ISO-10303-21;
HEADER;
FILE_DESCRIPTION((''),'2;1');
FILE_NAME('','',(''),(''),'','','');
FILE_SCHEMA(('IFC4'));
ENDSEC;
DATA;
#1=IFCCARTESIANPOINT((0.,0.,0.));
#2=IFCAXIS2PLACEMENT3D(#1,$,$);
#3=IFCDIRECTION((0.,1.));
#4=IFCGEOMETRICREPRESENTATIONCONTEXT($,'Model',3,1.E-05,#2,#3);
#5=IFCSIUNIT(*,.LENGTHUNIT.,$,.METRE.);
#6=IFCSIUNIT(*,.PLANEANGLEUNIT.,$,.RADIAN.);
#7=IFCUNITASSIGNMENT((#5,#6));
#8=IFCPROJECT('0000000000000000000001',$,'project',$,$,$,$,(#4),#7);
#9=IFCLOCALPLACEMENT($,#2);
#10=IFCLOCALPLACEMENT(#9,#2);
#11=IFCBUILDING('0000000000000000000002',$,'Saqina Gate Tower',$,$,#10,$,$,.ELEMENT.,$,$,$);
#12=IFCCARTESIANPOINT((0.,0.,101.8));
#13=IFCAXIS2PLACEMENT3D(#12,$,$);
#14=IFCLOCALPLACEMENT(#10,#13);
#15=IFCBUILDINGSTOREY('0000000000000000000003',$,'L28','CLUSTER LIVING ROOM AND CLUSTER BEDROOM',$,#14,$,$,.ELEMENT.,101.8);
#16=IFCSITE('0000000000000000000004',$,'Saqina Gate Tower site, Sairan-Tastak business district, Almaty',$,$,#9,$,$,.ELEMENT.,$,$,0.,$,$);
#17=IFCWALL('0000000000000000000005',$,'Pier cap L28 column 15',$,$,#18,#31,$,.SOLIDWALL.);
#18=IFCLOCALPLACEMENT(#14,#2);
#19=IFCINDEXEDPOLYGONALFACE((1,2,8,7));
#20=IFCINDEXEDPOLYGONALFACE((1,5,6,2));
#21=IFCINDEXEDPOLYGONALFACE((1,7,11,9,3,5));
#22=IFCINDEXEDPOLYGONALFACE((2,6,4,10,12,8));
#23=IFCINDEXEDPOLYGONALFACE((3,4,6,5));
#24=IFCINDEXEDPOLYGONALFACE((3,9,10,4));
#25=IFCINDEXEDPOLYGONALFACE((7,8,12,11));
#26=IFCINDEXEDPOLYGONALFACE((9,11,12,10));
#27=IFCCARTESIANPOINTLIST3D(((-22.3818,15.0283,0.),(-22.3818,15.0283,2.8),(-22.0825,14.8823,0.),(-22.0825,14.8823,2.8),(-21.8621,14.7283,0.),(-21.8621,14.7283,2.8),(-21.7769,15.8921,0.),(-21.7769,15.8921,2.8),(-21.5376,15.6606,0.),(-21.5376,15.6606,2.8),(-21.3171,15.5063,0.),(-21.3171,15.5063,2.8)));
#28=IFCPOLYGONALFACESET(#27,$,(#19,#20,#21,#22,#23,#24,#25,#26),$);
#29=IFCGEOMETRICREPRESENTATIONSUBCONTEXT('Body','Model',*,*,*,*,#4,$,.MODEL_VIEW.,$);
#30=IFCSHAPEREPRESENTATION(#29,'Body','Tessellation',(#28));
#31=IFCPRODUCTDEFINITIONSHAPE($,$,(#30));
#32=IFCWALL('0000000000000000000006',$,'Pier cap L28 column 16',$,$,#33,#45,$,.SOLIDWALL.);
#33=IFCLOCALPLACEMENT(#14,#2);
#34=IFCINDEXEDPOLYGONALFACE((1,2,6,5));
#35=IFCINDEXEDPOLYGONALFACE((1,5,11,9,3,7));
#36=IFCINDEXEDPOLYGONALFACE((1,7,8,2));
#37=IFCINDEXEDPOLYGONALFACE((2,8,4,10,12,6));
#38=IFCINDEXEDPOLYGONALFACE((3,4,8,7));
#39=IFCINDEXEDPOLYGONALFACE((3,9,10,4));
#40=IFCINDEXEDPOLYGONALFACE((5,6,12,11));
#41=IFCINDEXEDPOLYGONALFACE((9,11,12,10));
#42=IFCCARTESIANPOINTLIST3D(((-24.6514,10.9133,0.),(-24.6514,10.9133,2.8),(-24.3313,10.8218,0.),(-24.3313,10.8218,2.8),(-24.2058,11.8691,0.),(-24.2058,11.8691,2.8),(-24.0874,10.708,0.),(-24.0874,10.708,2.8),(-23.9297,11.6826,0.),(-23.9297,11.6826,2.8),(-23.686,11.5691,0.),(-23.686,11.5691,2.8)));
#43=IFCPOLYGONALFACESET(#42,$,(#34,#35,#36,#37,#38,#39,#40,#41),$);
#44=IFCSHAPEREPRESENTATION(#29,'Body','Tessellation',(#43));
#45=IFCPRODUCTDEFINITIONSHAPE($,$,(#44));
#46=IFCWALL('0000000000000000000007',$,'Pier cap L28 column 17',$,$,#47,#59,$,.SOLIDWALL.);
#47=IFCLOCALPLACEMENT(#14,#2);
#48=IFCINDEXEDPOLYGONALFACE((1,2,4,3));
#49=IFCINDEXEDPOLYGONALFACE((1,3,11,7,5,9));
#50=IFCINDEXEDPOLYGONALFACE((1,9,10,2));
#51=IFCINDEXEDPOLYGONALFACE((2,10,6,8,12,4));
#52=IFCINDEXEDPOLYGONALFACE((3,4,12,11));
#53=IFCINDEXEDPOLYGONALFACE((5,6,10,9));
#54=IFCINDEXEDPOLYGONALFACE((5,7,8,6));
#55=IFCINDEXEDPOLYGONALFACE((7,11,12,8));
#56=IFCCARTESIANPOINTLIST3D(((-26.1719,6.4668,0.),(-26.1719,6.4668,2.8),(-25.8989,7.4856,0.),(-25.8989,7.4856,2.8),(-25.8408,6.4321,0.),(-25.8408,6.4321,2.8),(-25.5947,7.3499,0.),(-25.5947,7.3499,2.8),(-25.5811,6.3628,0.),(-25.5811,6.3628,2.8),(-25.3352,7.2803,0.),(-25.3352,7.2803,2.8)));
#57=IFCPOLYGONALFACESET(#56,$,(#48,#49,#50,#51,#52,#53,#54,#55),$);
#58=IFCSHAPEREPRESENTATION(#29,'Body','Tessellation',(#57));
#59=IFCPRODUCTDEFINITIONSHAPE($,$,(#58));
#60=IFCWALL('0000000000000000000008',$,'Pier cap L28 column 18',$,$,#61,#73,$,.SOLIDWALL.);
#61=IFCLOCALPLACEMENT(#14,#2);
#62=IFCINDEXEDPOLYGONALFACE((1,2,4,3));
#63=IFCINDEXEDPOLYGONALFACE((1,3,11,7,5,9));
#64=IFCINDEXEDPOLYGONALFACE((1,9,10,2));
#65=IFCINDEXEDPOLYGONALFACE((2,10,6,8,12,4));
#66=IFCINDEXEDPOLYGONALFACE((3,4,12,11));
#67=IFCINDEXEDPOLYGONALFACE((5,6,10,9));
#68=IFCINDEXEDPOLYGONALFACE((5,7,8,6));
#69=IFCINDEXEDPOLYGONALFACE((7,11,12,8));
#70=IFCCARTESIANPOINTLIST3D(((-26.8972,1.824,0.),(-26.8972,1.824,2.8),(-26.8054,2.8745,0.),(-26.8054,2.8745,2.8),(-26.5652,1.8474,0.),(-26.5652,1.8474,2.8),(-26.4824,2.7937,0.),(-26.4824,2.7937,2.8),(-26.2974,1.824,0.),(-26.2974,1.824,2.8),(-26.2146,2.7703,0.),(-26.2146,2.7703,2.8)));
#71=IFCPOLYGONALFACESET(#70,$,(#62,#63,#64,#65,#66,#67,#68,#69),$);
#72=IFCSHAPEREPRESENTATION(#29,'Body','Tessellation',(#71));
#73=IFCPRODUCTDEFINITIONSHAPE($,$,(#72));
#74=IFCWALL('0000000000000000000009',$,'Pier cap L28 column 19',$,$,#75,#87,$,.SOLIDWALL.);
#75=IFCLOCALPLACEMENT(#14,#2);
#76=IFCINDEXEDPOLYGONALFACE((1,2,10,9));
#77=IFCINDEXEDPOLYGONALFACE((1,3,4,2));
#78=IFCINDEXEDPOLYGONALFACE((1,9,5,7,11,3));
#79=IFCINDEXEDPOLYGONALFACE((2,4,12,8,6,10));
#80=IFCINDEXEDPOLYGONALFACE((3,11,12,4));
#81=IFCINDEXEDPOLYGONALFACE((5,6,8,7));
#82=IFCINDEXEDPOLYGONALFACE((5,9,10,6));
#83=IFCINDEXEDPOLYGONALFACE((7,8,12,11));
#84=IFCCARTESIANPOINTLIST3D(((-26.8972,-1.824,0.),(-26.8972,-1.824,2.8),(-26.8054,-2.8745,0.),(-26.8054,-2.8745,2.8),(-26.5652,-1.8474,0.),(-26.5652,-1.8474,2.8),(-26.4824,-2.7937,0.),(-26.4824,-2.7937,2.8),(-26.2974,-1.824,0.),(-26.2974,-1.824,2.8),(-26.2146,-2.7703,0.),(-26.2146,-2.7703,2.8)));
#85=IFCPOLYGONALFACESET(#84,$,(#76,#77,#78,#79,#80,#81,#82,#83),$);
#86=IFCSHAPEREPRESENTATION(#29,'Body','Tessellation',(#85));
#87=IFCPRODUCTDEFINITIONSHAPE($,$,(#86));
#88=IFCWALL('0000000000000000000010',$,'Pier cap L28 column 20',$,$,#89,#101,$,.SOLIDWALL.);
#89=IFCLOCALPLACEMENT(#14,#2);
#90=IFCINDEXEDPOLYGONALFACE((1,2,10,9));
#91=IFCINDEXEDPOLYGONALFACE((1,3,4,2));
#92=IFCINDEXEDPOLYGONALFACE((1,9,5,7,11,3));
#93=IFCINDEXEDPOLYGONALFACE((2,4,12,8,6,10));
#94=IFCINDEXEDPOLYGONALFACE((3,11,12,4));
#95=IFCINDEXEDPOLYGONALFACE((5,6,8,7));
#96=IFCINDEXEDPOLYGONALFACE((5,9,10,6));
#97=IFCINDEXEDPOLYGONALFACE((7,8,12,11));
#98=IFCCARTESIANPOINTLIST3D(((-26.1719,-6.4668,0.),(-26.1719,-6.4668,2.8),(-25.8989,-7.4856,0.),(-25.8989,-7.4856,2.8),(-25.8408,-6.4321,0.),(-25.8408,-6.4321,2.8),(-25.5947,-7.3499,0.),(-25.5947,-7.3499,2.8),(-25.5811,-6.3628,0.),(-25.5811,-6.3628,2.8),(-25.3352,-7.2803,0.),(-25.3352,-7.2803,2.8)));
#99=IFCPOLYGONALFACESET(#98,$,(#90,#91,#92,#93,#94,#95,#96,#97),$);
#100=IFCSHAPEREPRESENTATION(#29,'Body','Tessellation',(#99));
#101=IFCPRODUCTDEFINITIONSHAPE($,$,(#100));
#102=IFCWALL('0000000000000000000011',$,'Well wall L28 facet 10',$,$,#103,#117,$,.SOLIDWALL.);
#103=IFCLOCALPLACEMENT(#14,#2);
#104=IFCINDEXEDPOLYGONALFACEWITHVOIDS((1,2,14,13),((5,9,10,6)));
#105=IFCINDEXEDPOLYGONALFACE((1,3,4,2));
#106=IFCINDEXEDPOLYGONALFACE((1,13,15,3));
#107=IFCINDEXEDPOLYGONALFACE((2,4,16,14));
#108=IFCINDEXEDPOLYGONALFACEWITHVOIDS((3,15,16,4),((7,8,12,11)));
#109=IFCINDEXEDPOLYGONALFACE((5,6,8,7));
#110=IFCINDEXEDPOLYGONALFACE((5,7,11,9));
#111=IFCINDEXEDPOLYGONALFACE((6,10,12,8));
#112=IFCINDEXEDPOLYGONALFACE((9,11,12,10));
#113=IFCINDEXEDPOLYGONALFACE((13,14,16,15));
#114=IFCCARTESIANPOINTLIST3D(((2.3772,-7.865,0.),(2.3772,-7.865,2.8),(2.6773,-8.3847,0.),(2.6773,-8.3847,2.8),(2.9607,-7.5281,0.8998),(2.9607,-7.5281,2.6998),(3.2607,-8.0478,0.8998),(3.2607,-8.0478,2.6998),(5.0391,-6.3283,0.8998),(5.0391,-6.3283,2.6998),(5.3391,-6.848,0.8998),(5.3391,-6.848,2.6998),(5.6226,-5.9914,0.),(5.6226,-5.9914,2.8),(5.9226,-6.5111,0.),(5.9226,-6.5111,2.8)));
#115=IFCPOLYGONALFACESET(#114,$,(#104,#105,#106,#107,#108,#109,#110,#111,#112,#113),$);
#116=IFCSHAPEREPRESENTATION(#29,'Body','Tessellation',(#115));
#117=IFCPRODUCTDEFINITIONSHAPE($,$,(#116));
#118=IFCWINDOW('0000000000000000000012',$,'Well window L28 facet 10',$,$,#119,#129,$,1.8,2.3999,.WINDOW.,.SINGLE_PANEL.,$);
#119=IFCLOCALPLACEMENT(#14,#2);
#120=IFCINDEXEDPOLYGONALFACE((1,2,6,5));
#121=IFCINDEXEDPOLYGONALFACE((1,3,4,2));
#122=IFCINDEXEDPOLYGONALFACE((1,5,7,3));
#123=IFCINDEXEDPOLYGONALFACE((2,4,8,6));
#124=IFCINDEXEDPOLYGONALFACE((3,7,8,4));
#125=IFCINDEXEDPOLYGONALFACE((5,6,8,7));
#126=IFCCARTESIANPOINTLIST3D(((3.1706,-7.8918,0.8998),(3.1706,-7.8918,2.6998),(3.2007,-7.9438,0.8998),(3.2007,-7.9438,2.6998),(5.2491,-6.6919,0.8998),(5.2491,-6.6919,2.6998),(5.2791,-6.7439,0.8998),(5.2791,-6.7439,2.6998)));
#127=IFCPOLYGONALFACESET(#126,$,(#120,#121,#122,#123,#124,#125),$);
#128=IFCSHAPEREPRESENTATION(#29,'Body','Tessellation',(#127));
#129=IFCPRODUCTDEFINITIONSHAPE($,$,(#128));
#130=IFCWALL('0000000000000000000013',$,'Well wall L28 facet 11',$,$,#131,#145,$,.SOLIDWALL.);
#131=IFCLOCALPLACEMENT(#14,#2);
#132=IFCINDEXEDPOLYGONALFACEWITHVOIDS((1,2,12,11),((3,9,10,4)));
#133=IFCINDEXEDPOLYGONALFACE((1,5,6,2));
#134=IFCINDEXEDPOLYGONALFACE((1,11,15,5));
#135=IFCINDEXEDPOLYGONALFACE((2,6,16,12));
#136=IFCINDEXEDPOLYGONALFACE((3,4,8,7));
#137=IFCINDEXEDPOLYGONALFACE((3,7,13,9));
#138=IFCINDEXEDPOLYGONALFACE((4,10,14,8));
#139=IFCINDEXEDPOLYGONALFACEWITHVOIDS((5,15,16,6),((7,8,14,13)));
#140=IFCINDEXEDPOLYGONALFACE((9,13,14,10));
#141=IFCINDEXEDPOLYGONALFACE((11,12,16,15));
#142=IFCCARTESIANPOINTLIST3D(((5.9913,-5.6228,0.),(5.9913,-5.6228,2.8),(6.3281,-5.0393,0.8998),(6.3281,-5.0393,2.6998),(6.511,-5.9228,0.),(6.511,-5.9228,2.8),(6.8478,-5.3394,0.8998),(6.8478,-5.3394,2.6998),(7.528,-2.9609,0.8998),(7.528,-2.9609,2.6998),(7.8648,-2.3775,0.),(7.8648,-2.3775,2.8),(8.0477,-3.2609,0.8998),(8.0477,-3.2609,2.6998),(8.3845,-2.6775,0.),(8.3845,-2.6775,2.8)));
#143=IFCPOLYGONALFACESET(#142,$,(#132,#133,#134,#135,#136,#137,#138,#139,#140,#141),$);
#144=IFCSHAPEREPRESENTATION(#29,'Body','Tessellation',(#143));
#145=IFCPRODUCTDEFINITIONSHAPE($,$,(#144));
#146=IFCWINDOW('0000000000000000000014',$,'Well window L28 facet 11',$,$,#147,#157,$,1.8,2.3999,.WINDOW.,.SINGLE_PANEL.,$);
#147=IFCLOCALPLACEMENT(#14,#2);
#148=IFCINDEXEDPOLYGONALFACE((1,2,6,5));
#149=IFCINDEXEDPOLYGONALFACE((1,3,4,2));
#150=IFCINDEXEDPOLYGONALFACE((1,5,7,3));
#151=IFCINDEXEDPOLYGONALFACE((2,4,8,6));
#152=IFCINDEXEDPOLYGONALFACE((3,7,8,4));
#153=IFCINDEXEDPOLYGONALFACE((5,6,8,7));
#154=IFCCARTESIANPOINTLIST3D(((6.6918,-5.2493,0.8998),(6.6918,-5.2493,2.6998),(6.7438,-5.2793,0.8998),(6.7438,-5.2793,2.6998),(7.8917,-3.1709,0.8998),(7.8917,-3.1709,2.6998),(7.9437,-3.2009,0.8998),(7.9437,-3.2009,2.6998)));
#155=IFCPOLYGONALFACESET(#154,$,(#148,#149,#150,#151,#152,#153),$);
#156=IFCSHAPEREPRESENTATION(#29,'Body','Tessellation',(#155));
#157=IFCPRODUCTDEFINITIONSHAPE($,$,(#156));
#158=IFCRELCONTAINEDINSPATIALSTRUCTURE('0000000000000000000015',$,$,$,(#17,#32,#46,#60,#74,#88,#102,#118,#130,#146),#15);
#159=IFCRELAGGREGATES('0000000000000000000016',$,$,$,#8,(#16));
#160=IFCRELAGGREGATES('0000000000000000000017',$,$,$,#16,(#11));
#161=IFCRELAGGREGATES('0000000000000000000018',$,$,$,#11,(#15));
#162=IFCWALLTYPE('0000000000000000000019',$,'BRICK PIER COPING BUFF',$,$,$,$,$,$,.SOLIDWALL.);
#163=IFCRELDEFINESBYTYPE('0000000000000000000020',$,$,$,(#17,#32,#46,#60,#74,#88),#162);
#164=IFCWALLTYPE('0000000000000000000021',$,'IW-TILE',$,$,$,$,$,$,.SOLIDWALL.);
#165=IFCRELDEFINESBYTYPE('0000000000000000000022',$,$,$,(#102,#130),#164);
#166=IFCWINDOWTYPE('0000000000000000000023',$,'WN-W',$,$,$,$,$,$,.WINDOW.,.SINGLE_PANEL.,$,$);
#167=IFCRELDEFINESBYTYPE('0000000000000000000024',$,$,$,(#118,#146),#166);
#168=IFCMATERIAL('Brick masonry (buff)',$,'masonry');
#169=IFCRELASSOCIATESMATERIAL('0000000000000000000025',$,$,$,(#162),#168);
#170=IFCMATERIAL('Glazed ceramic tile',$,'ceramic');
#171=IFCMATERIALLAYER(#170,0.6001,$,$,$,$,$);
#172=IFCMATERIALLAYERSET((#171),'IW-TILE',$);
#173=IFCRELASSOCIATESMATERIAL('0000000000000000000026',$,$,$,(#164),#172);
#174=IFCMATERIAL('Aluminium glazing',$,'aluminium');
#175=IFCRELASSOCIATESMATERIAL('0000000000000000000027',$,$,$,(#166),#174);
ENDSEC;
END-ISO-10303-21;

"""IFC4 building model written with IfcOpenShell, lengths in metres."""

from ifc_helpers import new_model, si_unit, direction, frame, frame_2d, origin, place, context, subcontext, project, spatial, polyline, rectangle, outline, extrude, material, layer, layer_set, type_object, element, fill, save


model = new_model("IFC4")

# Units and contexts
model_context = context("Model", 3, precision=1e-05, world=origin(), true_north=direction((0.0, 1.0)))
body_context = subcontext(model_context, "Body", "Model", "MODEL_VIEW")
ifc_project = project(units=[si_unit("LENGTHUNIT", "METRE"), si_unit("PLANEANGLEUNIT", "RADIAN")], contexts=[model_context])

# Site, building, storey
site_placement = place(None, origin())
site = spatial("IfcSite", under=ifc_project, at=site_placement, Name="Saqina Gate Tower site, Sairan-Tastak business district, Almaty", CompositionType="ELEMENT", RefElevation=0.0)
building_placement = place(site_placement, origin())
building = spatial("IfcBuilding", under=site, at=building_placement, Name="Saqina Gate Tower", CompositionType="ELEMENT")
storey_placement = place(building_placement, frame((0.0, 0.0, 101.8)))
storey = spatial("IfcBuildingStorey", under=building, at=storey_placement, Name="L28", Description="CLUSTER LIVING ROOM AND CLUSTER BEDROOM", CompositionType="ELEMENT", Elevation=101.8)

# Walls
ifc_material_1 = material(Name="Brick masonry (buff)", Category="masonry")
wall_type_1 = type_object("IfcWallType", Name="BRICK PIER COPING BUFF", PredefinedType="SOLIDWALL", material=ifc_material_1)
wall_1_placement = place(storey_placement, origin())
element("IfcWall", 1, at=wall_1_placement, inside=storey, type_object=wall_type_1, Name="Pier cap L28 column 15", PredefinedType="SOLIDWALL", context=body_context, shape_type="SweptSolid", body=[
    extrude(outline(polyline([(-22.3818, 15.0283), (-21.8621, 14.7283), (-22.0825, 14.8823), (-21.5376, 15.6606), (-21.3171, 15.5063), (-21.7769, 15.8921), (-22.3818, 15.0283)])), origin(), (0.0, 0.0, 1.0), 2.8),
])
wall_2_placement = place(storey_placement, origin())
element("IfcWall", 2, at=wall_2_placement, inside=storey, type_object=wall_type_1, Name="Pier cap L28 column 16", PredefinedType="SOLIDWALL", context=body_context, shape_type="SweptSolid", body=[
    extrude(outline(polyline([(-24.6514, 10.9133), (-24.0874, 10.708), (-24.3313, 10.8218), (-23.9297, 11.6826), (-23.686, 11.5691), (-24.2058, 11.8691), (-24.6514, 10.9133)])), origin(), (0.0, 0.0, 1.0), 2.8),
])
wall_3_placement = place(storey_placement, origin())
element("IfcWall", 3, at=wall_3_placement, inside=storey, type_object=wall_type_1, Name="Pier cap L28 column 17", PredefinedType="SOLIDWALL", context=body_context, shape_type="SweptSolid", body=[
    extrude(outline(polyline([(-25.8989, 7.4856), (-26.1719, 6.4668), (-25.5811, 6.3628), (-25.8408, 6.4321), (-25.5947, 7.3499), (-25.3352, 7.2803), (-25.8989, 7.4856)])), origin(), (0.0, 0.0, 1.0), 2.8),
])
wall_4_placement = place(storey_placement, origin())
element("IfcWall", 4, at=wall_4_placement, inside=storey, type_object=wall_type_1, Name="Pier cap L28 column 18", PredefinedType="SOLIDWALL", context=body_context, shape_type="SweptSolid", body=[
    extrude(outline(polyline([(-26.8054, 2.8745), (-26.8972, 1.824), (-26.2974, 1.824), (-26.5652, 1.8474), (-26.4824, 2.7937), (-26.2146, 2.7703), (-26.8054, 2.8745)])), origin(), (0.0, 0.0, 1.0), 2.8),
])
wall_5_placement = place(storey_placement, origin())
element("IfcWall", 5, at=wall_5_placement, inside=storey, type_object=wall_type_1, Name="Pier cap L28 column 19", PredefinedType="SOLIDWALL", context=body_context, shape_type="SweptSolid", body=[
    extrude(outline(polyline([(-26.8054, -2.8745), (-26.2146, -2.7703), (-26.4824, -2.7937), (-26.5652, -1.8474), (-26.2974, -1.824), (-26.8972, -1.824), (-26.8054, -2.8745)])), origin(), (0.0, 0.0, 1.0), 2.8),
])
wall_6_placement = place(storey_placement, origin())
element("IfcWall", 6, at=wall_6_placement, inside=storey, type_object=wall_type_1, Name="Pier cap L28 column 20", PredefinedType="SOLIDWALL", context=body_context, shape_type="SweptSolid", body=[
    extrude(outline(polyline([(-26.1719, -6.4668), (-25.8989, -7.4856), (-25.3352, -7.2803), (-25.5947, -7.3499), (-25.8408, -6.4321), (-25.5811, -6.3628), (-26.1719, -6.4668)])), origin(), (0.0, 0.0, 1.0), 2.8),
])

# Walls, openings, windows
ifc_material_2 = material(Name="Glazed ceramic tile", Category="ceramic")
ifc_layer_1 = layer(ifc_material_2, 0.6001)
ifc_layer_set_1 = layer_set([ifc_layer_1], Name="IW-TILE")
wall_type_2 = type_object("IfcWallType", Name="IW-TILE", PredefinedType="SOLIDWALL", material=ifc_layer_set_1)
wall_7_placement = place(storey_placement, frame((2.5273, -8.1248, 0.0), z_axis=(0.0, 0.0, 1.0), x_axis=(0.866046, 0.499965, 0.0)))
wall_7 = element("IfcWall", 7, at=wall_7_placement, inside=storey, type_object=wall_type_2, Name="Well wall L28 facet 10", PredefinedType="SOLIDWALL", context=body_context, shape_type="SweptSolid", body=[
    extrude(rectangle(XDim=3.7473, YDim=0.6001, at=frame_2d((1.8735, 0.0))), origin(), (0.0, 0.0, 1.0), 2.8),
])
opening_1_placement = place(wall_7_placement, frame((0.6736, 0.0, 0.8999)))
opening_1 = element("IfcOpeningElement", 8, at=opening_1_placement, cuts=wall_7, PredefinedType="OPENING", context=body_context, shape_type="SweptSolid", body=[
    extrude(rectangle(XDim=2.3999, YDim=1.8, at=frame_2d((1.2, 0.8999))), frame((0.0, 0.312, 0.0), z_axis=(0.0, -1.0, 0.0), x_axis=(1.0, 0.0, 0.0)), (0.0, 0.0, 1.0), 0.624),
])
ifc_material_3 = material(Name="Aluminium glazing", Category="aluminium")
window_type = type_object("IfcWindowType", Name="WN-W", PartitioningType="SINGLE_PANEL", PredefinedType="WINDOW", material=ifc_material_3)
window_1_placement = place(opening_1_placement, origin())
window_1 = element("IfcWindow", 9, at=window_1_placement, inside=storey, type_object=window_type, Name="Well window L28 facet 10", OverallHeight=1.8, OverallWidth=2.3999, PartitioningType="SINGLE_PANEL", PredefinedType="WINDOW", context=body_context, shape_type="SweptSolid", body=[
    extrude(rectangle(XDim=2.3999, YDim=1.8, at=frame_2d((1.2, 0.8999))), frame((0.0, -0.1199, 0.0), z_axis=(0.0, -1.0, 0.0), x_axis=(1.0, 0.0, 0.0)), (0.0, 0.0, 1.0), 0.0601),
])
fill(opening_1, window_1)
wall_8_placement = place(storey_placement, frame((6.2512, -5.7727, 0.0), z_axis=(0.0, 0.0, 1.0), x_axis=(0.499965, 0.866046, 0.0)))
wall_8 = element("IfcWall", 10, at=wall_8_placement, inside=storey, type_object=wall_type_2, Name="Well wall L28 facet 11", PredefinedType="SOLIDWALL", context=body_context, shape_type="SweptSolid", body=[
    extrude(rectangle(XDim=3.7473, YDim=0.6001, at=frame_2d((1.8735, 0.0))), origin(), (0.0, 0.0, 1.0), 2.8),
])
opening_2_placement = place(wall_8_placement, frame((0.6736, 0.0, 0.8999)))
opening_2 = element("IfcOpeningElement", 11, at=opening_2_placement, cuts=wall_8, PredefinedType="OPENING", context=body_context, shape_type="SweptSolid", body=[
    extrude(rectangle(XDim=2.3999, YDim=1.8, at=frame_2d((1.2, 0.8999))), frame((0.0, 0.312, 0.0), z_axis=(0.0, -1.0, 0.0), x_axis=(1.0, 0.0, 0.0)), (0.0, 0.0, 1.0), 0.624),
])
window_2_placement = place(opening_2_placement, origin())
window_2 = element("IfcWindow", 12, at=window_2_placement, inside=storey, type_object=window_type, Name="Well window L28 facet 11", OverallHeight=1.8, OverallWidth=2.3999, PartitioningType="SINGLE_PANEL", PredefinedType="WINDOW", context=body_context, shape_type="SweptSolid", body=[
    extrude(rectangle(XDim=2.3999, YDim=1.8, at=frame_2d((1.2, 0.8999))), frame((0.0, -0.1199, 0.0), z_axis=(0.0, -1.0, 0.0), x_axis=(1.0, 0.0, 0.0)), (0.0, 0.0, 1.0), 0.0601),
])
fill(opening_2, window_2)

save(model, "model.ifc")
